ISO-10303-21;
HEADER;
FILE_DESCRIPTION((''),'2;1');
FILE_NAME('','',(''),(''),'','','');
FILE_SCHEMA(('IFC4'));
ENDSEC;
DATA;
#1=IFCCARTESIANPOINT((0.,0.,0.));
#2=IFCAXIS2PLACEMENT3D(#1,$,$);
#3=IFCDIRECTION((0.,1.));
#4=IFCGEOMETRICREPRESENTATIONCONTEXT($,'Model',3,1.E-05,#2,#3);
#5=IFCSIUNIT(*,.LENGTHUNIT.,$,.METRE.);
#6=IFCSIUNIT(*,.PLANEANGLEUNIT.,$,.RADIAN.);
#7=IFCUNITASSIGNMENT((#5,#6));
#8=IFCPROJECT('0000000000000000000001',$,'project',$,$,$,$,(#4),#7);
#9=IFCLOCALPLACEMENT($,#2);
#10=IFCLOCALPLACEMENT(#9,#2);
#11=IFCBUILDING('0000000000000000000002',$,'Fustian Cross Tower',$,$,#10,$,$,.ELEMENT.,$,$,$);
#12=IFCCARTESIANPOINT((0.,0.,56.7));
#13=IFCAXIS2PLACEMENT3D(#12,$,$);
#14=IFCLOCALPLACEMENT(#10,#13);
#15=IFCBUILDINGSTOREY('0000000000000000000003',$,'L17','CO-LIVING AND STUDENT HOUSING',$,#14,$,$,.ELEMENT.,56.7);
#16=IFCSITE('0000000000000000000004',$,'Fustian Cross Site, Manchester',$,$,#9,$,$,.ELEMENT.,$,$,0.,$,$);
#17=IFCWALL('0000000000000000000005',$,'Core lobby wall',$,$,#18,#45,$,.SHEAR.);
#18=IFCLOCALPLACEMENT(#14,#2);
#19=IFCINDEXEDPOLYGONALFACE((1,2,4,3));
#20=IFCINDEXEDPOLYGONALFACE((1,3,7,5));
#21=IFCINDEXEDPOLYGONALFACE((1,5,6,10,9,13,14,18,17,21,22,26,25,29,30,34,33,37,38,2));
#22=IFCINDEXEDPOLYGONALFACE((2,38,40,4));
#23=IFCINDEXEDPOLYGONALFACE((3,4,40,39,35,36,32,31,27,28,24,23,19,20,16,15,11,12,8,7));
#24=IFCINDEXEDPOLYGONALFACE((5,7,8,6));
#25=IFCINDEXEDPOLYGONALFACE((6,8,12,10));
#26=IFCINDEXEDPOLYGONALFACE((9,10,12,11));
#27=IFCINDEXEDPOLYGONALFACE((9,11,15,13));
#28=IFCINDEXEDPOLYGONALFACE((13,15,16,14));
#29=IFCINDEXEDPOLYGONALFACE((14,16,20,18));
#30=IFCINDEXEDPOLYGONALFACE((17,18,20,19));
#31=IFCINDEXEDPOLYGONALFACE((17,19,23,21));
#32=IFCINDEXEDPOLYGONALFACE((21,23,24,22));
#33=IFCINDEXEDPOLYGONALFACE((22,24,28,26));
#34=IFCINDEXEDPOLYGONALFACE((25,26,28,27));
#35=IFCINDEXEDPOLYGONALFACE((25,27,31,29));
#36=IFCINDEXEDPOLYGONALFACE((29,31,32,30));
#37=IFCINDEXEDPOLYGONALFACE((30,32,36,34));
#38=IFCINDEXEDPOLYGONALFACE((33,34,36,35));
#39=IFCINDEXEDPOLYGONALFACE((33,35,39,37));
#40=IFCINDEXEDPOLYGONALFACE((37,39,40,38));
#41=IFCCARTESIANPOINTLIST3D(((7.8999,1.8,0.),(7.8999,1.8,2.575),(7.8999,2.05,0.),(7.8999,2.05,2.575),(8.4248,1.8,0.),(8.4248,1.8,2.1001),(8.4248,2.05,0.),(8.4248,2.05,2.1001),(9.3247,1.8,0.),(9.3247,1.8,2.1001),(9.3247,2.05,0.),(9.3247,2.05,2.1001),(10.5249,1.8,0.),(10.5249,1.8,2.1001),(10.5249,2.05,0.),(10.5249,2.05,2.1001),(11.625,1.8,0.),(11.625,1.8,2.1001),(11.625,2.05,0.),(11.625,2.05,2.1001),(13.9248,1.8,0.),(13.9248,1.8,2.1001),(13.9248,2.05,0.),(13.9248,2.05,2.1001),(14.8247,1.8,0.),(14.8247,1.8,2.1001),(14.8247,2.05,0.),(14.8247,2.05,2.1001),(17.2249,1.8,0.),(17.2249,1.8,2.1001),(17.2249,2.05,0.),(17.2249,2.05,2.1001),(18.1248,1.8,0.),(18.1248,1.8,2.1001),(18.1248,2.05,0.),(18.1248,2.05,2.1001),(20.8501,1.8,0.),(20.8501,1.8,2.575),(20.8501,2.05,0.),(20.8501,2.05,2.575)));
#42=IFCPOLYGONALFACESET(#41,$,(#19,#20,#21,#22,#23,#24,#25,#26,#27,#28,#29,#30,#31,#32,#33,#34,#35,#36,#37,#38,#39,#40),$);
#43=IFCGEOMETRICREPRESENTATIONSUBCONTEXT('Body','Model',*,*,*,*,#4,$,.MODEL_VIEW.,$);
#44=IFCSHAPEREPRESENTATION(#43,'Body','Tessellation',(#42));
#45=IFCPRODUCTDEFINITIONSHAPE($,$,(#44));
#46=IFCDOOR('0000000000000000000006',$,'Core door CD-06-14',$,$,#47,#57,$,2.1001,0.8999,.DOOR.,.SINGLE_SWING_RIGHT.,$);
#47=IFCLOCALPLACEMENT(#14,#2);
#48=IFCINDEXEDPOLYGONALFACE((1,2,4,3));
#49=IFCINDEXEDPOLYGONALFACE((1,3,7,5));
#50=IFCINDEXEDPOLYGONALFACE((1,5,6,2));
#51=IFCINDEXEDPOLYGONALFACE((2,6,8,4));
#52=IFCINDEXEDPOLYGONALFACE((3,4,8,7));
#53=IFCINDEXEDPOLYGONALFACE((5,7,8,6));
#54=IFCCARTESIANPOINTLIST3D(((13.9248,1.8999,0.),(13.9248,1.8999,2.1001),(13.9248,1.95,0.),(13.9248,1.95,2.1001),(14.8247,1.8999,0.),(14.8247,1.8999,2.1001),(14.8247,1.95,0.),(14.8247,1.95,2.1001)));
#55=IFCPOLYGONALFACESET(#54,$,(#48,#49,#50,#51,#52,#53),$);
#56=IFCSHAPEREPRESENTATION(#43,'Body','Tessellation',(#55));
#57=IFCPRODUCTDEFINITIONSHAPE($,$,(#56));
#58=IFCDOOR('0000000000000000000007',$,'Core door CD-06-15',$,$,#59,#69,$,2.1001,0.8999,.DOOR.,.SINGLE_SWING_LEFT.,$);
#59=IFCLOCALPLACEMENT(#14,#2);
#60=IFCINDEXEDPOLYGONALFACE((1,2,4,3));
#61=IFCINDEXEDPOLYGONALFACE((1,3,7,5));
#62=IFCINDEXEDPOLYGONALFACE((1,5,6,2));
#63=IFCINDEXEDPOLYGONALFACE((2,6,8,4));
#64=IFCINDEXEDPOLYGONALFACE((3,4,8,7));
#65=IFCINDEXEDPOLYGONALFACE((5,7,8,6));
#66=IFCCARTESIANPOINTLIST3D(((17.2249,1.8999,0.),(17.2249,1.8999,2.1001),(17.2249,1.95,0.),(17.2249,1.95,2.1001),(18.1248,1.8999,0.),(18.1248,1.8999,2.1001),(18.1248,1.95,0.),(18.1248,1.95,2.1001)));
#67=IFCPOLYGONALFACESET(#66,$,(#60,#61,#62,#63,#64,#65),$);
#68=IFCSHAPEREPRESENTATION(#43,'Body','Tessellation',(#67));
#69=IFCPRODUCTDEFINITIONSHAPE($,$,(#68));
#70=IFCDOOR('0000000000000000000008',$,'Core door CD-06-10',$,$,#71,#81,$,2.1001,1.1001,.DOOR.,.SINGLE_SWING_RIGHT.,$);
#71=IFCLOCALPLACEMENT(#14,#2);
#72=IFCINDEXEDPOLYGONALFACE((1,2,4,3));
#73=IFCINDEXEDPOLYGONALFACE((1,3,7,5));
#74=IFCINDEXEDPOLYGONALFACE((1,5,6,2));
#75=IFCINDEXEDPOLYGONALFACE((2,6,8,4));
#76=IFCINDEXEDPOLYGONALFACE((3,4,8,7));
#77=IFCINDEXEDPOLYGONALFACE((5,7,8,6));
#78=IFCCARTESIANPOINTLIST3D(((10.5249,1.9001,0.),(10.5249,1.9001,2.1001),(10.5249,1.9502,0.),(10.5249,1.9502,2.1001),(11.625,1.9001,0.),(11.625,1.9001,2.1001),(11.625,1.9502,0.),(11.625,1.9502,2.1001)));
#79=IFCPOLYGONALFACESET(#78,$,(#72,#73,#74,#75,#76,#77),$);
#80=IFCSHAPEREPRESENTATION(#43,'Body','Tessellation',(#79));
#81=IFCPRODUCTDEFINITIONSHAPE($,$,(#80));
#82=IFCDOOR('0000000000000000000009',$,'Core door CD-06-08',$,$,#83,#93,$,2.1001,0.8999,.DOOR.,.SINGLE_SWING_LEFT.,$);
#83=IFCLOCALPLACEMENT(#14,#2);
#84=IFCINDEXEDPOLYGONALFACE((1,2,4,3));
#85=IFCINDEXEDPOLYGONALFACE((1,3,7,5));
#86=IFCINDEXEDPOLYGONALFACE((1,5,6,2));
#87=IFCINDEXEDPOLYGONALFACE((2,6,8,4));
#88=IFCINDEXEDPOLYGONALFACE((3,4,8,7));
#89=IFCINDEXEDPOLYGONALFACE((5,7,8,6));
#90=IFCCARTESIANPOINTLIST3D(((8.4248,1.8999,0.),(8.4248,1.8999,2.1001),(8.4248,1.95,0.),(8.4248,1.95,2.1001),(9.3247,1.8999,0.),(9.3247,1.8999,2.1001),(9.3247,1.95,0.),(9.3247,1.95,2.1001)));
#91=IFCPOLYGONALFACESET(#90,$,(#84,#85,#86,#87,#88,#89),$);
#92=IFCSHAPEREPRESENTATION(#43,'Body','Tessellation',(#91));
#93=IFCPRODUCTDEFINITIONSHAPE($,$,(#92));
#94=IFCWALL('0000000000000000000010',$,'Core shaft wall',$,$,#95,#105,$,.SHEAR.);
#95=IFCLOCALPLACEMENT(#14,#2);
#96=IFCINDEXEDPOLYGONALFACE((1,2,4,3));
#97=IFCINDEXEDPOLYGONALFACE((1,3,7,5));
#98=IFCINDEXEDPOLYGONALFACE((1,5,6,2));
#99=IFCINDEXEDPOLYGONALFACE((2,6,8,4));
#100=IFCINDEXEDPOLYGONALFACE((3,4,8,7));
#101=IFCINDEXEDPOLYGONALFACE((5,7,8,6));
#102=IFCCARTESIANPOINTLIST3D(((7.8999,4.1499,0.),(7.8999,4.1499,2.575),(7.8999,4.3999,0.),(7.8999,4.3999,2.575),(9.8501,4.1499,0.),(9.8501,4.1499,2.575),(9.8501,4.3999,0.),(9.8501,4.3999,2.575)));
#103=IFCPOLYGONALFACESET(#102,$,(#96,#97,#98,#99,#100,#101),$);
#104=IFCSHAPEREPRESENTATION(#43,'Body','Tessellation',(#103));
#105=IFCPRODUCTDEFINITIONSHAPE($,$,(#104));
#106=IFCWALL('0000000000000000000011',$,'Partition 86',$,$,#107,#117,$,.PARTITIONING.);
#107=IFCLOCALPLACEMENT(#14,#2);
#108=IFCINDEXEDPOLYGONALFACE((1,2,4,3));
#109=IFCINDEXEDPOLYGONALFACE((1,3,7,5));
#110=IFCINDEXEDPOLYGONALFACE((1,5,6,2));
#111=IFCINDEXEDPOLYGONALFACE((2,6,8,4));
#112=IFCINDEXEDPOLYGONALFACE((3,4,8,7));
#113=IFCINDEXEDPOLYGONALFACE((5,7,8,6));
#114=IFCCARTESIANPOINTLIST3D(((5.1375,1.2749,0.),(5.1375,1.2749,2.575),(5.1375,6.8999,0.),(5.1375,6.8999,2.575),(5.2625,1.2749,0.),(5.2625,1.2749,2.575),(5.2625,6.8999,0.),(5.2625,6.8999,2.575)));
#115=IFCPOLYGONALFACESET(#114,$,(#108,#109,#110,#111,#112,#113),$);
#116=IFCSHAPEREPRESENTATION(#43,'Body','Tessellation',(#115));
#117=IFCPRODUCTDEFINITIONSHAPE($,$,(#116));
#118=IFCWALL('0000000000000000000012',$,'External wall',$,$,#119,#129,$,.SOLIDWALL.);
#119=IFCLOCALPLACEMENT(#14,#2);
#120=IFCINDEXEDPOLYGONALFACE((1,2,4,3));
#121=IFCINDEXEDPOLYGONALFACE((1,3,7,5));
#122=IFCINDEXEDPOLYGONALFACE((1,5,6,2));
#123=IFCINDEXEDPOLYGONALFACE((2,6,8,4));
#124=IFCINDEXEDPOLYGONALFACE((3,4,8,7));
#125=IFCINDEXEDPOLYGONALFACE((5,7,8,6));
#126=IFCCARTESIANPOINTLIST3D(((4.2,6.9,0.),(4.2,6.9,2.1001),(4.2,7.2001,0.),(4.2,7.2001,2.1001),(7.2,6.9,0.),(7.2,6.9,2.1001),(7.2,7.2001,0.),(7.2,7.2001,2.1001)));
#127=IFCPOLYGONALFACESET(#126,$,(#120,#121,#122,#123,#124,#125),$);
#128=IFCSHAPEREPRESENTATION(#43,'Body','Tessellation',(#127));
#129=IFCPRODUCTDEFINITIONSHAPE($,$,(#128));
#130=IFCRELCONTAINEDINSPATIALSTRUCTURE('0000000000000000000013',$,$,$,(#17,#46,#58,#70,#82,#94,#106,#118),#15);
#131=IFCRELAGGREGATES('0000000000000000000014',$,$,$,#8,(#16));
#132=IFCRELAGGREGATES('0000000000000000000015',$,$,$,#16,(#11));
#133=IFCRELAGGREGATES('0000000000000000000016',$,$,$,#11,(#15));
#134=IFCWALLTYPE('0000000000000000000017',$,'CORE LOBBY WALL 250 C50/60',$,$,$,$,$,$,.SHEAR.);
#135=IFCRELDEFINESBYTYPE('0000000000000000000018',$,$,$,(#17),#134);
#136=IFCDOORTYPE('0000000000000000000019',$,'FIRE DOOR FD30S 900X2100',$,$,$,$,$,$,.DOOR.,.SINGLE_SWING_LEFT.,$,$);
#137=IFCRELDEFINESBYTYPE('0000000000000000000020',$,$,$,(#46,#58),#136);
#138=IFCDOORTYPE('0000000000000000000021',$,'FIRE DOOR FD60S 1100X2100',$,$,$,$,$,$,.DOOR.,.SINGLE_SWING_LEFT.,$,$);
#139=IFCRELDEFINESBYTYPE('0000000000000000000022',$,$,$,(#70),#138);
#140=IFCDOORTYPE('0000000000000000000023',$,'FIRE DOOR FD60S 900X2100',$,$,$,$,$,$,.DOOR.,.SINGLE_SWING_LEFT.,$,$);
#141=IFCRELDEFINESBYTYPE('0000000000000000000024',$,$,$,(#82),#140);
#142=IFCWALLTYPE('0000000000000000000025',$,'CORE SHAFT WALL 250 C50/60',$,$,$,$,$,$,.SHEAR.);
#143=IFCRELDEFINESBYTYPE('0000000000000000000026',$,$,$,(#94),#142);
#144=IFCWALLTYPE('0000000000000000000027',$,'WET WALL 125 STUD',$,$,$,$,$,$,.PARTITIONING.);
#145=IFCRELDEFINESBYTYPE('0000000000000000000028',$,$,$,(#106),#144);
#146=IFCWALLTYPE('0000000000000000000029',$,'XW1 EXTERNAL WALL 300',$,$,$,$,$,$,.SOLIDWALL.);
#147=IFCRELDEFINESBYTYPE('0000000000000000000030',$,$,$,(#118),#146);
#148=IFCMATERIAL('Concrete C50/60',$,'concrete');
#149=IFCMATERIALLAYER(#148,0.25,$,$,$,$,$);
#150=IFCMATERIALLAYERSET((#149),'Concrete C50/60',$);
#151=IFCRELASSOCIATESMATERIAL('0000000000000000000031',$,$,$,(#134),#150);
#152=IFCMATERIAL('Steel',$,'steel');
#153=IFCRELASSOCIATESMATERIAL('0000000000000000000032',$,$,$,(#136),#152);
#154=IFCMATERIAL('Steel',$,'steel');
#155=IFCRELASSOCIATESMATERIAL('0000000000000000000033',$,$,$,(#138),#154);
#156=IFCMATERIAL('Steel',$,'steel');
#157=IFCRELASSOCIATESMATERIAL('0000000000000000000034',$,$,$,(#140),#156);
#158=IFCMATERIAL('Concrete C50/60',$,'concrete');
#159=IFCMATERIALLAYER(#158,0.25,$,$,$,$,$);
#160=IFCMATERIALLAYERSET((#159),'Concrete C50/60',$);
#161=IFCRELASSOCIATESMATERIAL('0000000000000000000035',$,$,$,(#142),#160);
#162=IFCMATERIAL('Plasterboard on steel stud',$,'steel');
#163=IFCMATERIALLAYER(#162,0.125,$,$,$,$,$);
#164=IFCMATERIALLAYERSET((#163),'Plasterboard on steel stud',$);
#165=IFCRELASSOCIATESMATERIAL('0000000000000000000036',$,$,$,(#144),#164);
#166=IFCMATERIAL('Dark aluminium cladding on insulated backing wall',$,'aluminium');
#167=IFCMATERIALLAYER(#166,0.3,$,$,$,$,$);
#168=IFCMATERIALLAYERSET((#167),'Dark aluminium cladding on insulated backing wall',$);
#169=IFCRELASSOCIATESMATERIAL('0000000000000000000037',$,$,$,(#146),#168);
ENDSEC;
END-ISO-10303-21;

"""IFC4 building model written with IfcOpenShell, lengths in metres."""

from ifc_helpers import new_model, si_unit, direction, frame, frame_2d, origin, place, context, subcontext, project, spatial, rectangle, extrude, material, layer, layer_set, type_object, element, fill, save


model = new_model("IFC4")

# Units and contexts
model_context = context("Model", 3, precision=1e-05, world=origin(), true_north=direction((0.0, 1.0)))
body_context = subcontext(model_context, "Body", "Model", "MODEL_VIEW")
ifc_project = project(units=[si_unit("LENGTHUNIT", "METRE"), si_unit("PLANEANGLEUNIT", "RADIAN")], contexts=[model_context])

# Site, building, storey
site_placement = place(None, origin())
site = spatial("IfcSite", under=ifc_project, at=site_placement, Name="Fustian Cross Site, Manchester", CompositionType="ELEMENT", RefElevation=0.0)
building_placement = place(site_placement, origin())
building = spatial("IfcBuilding", under=site, at=building_placement, Name="Fustian Cross Tower", CompositionType="ELEMENT")
storey_placement = place(building_placement, frame((0.0, 0.0, 56.7)))
storey = spatial("IfcBuildingStorey", under=building, at=storey_placement, Name="L17", Description="CO-LIVING AND STUDENT HOUSING", CompositionType="ELEMENT", Elevation=56.7)

# Wall, openings, doors
ifc_material_1 = material(Name="Concrete C50/60", Category="concrete")
ifc_layer_1 = layer(ifc_material_1, 0.25)
ifc_layer_set_1 = layer_set([ifc_layer_1], Name="Concrete C50/60")
wall_type_1 = type_object("IfcWallType", Name="CORE LOBBY WALL 250 C50/60", PredefinedType="SHEAR", material=ifc_layer_set_1)
wall_1_placement = place(storey_placement, frame((7.8999, 1.925, 0.0), z_axis=(0.0, 0.0, 1.0), x_axis=(1.0, 0.0, 0.0)))
wall_1 = element("IfcWall", 1, at=wall_1_placement, inside=storey, type_object=wall_type_1, Name="Core lobby wall", PredefinedType="SHEAR", context=body_context, shape_type="SweptSolid", body=[
    extrude(rectangle(XDim=12.9502, YDim=0.25, at=frame_2d((6.4751, 0.0))), origin(), (0.0, 0.0, 1.0), 2.575),
])
opening_1_placement = place(wall_1_placement, frame((0.5249, 0.0, 0.0)))
opening_1 = element("IfcOpeningElement", 2, at=opening_1_placement, cuts=wall_1, PredefinedType="OPENING", context=body_context, shape_type="SweptSolid", body=[
    extrude(rectangle(XDim=0.8999, YDim=2.1001, at=frame_2d((0.45, 1.05))), frame((0.0, 0.135, 0.0), z_axis=(0.0, -1.0, 0.0), x_axis=(1.0, 0.0, 0.0)), (0.0, 0.0, 1.0), 0.27),
])
opening_2_placement = place(wall_1_placement, frame((2.625, 0.0, 0.0)))
opening_2 = element("IfcOpeningElement", 3, at=opening_2_placement, cuts=wall_1, PredefinedType="OPENING", context=body_context, shape_type="SweptSolid", body=[
    extrude(rectangle(XDim=1.1001, YDim=2.1001, at=frame_2d((0.55, 1.05))), frame((0.0, 0.135, 0.0), z_axis=(0.0, -1.0, 0.0), x_axis=(1.0, 0.0, 0.0)), (0.0, 0.0, 1.0), 0.27),
])
opening_3_placement = place(wall_1_placement, frame((6.0249, 0.0, 0.0)))
opening_3 = element("IfcOpeningElement", 4, at=opening_3_placement, cuts=wall_1, PredefinedType="OPENING", context=body_context, shape_type="SweptSolid", body=[
    extrude(rectangle(XDim=0.8999, YDim=2.1001, at=frame_2d((0.45, 1.05))), frame((0.0, 0.135, 0.0), z_axis=(0.0, -1.0, 0.0), x_axis=(1.0, 0.0, 0.0)), (0.0, 0.0, 1.0), 0.27),
])
opening_4_placement = place(wall_1_placement, frame((9.325, 0.0, 0.0)))
opening_4 = element("IfcOpeningElement", 5, at=opening_4_placement, cuts=wall_1, PredefinedType="OPENING", context=body_context, shape_type="SweptSolid", body=[
    extrude(rectangle(XDim=0.8999, YDim=2.1001, at=frame_2d((0.45, 1.05))), frame((0.0, 0.135, 0.0), z_axis=(0.0, -1.0, 0.0), x_axis=(1.0, 0.0, 0.0)), (0.0, 0.0, 1.0), 0.27),
])
ifc_material_2 = material(Name="Steel", Category="steel")
door_type_1 = type_object("IfcDoorType", Name="FIRE DOOR FD30S 900X2100", OperationType="SINGLE_SWING_LEFT", PredefinedType="DOOR", material=ifc_material_2)
door_1_placement = place(opening_3_placement, origin())
door_1 = element("IfcDoor", 6, at=door_1_placement, inside=storey, type_object=door_type_1, Name="Core door CD-06-14", OperationType="SINGLE_SWING_RIGHT", OverallHeight=2.1001, OverallWidth=0.8999, PredefinedType="DOOR", context=body_context, shape_type="SweptSolid", body=[
    extrude(rectangle(XDim=0.8999, YDim=2.1001, at=frame_2d((0.45, 1.05))), frame((0.0, 0.0249, 0.0), z_axis=(0.0, -1.0, 0.0), x_axis=(1.0, 0.0, 0.0)), (0.0, 0.0, 1.0), 0.05),
])
fill(opening_3, door_1)
door_2_placement = place(opening_4_placement, origin())
door_2 = element("IfcDoor", 7, at=door_2_placement, inside=storey, type_object=door_type_1, Name="Core door CD-06-15", OperationType="SINGLE_SWING_LEFT", OverallHeight=2.1001, OverallWidth=0.8999, PredefinedType="DOOR", context=body_context, shape_type="SweptSolid", body=[
    extrude(rectangle(XDim=0.8999, YDim=2.1001, at=frame_2d((0.45, 1.05))), frame((0.0, 0.0249, 0.0), z_axis=(0.0, -1.0, 0.0), x_axis=(1.0, 0.0, 0.0)), (0.0, 0.0, 1.0), 0.05),
])
fill(opening_4, door_2)
ifc_material_3 = material(Name="Steel", Category="steel")
door_type_2 = type_object("IfcDoorType", Name="FIRE DOOR FD60S 1100X2100", OperationType="SINGLE_SWING_LEFT", PredefinedType="DOOR", material=ifc_material_3)
door_3_placement = place(opening_2_placement, frame((1.1001, 0.0, 0.0), z_axis=(0.0, 0.0, 1.0), x_axis=(-1.0, 0.0, 0.0)))
door_3 = element("IfcDoor", 8, at=door_3_placement, inside=storey, type_object=door_type_2, Name="Core door CD-06-10", OperationType="SINGLE_SWING_RIGHT", OverallHeight=2.1001, OverallWidth=1.1001, PredefinedType="DOOR", context=body_context, shape_type="SweptSolid", body=[
    extrude(rectangle(XDim=1.1001, YDim=2.1001, at=frame_2d((0.55, 1.05))), frame((0.0, 0.0249, 0.0), z_axis=(0.0, -1.0, 0.0), x_axis=(1.0, 0.0, 0.0)), (0.0, 0.0, 1.0), 0.05),
])
fill(opening_2, door_3)
ifc_material_4 = material(Name="Steel", Category="steel")
door_type_3 = type_object("IfcDoorType", Name="FIRE DOOR FD60S 900X2100", OperationType="SINGLE_SWING_LEFT", PredefinedType="DOOR", material=ifc_material_4)
door_4_placement = place(opening_1_placement, origin())
door_4 = element("IfcDoor", 9, at=door_4_placement, inside=storey, type_object=door_type_3, Name="Core door CD-06-08", OperationType="SINGLE_SWING_LEFT", OverallHeight=2.1001, OverallWidth=0.8999, PredefinedType="DOOR", context=body_context, shape_type="SweptSolid", body=[
    extrude(rectangle(XDim=0.8999, YDim=2.1001, at=frame_2d((0.45, 1.05))), frame((0.0, 0.0249, 0.0), z_axis=(0.0, -1.0, 0.0), x_axis=(1.0, 0.0, 0.0)), (0.0, 0.0, 1.0), 0.05),
])
fill(opening_1, door_4)

# Walls
ifc_material_5 = material(Name="Concrete C50/60", Category="concrete")
ifc_layer_2 = layer(ifc_material_5, 0.25)
ifc_layer_set_2 = layer_set([ifc_layer_2], Name="Concrete C50/60")
wall_type_2 = type_object("IfcWallType", Name="CORE SHAFT WALL 250 C50/60", PredefinedType="SHEAR", material=ifc_layer_set_2)
wall_2_placement = place(storey_placement, frame((7.8999, 4.2749, 0.0), z_axis=(0.0, 0.0, 1.0), x_axis=(1.0, 0.0, 0.0)))
element("IfcWall", 10, at=wall_2_placement, inside=storey, type_object=wall_type_2, Name="Core shaft wall", PredefinedType="SHEAR", context=body_context, shape_type="SweptSolid", body=[
    extrude(rectangle(XDim=1.9502, YDim=0.25, at=frame_2d((0.9751, 0.0))), origin(), (0.0, 0.0, 1.0), 2.575),
])
ifc_material_6 = material(Name="Plasterboard on steel stud", Category="steel")
ifc_layer_3 = layer(ifc_material_6, 0.125)
ifc_layer_set_3 = layer_set([ifc_layer_3], Name="Plasterboard on steel stud")
wall_type_3 = type_object("IfcWallType", Name="WET WALL 125 STUD", PredefinedType="PARTITIONING", material=ifc_layer_set_3)
wall_3_placement = place(storey_placement, frame((5.2, 1.2749, 0.0), z_axis=(0.0, 0.0, 1.0), x_axis=(0.0, 1.0, 0.0)))
element("IfcWall", 11, at=wall_3_placement, inside=storey, type_object=wall_type_3, Name="Partition 86", PredefinedType="PARTITIONING", context=body_context, shape_type="SweptSolid", body=[
    extrude(rectangle(XDim=5.625, YDim=0.125, at=frame_2d((2.8125, 0.0))), origin(), (0.0, 0.0, 1.0), 2.575),
])
ifc_material_7 = material(Name="Dark aluminium cladding on insulated backing wall", Category="aluminium")
ifc_layer_4 = layer(ifc_material_7, 0.3)
ifc_layer_set_4 = layer_set([ifc_layer_4], Name="Dark aluminium cladding on insulated backing wall")
wall_type_4 = type_object("IfcWallType", Name="XW1 EXTERNAL WALL 300", PredefinedType="SOLIDWALL", material=ifc_layer_set_4)
wall_4_placement = place(storey_placement, frame((7.2, 7.05, 0.0), z_axis=(0.0, 0.0, 1.0), x_axis=(-1.0, 0.0, 0.0)))
element("IfcWall", 12, at=wall_4_placement, inside=storey, type_object=wall_type_4, Name="External wall", PredefinedType="SOLIDWALL", context=body_context, shape_type="SweptSolid", body=[
    extrude(rectangle(XDim=3.0, YDim=0.3, at=frame_2d((1.5, 0.0))), origin(), (0.0, 0.0, 1.0), 2.1001),
])

save(model, "model.ifc")
